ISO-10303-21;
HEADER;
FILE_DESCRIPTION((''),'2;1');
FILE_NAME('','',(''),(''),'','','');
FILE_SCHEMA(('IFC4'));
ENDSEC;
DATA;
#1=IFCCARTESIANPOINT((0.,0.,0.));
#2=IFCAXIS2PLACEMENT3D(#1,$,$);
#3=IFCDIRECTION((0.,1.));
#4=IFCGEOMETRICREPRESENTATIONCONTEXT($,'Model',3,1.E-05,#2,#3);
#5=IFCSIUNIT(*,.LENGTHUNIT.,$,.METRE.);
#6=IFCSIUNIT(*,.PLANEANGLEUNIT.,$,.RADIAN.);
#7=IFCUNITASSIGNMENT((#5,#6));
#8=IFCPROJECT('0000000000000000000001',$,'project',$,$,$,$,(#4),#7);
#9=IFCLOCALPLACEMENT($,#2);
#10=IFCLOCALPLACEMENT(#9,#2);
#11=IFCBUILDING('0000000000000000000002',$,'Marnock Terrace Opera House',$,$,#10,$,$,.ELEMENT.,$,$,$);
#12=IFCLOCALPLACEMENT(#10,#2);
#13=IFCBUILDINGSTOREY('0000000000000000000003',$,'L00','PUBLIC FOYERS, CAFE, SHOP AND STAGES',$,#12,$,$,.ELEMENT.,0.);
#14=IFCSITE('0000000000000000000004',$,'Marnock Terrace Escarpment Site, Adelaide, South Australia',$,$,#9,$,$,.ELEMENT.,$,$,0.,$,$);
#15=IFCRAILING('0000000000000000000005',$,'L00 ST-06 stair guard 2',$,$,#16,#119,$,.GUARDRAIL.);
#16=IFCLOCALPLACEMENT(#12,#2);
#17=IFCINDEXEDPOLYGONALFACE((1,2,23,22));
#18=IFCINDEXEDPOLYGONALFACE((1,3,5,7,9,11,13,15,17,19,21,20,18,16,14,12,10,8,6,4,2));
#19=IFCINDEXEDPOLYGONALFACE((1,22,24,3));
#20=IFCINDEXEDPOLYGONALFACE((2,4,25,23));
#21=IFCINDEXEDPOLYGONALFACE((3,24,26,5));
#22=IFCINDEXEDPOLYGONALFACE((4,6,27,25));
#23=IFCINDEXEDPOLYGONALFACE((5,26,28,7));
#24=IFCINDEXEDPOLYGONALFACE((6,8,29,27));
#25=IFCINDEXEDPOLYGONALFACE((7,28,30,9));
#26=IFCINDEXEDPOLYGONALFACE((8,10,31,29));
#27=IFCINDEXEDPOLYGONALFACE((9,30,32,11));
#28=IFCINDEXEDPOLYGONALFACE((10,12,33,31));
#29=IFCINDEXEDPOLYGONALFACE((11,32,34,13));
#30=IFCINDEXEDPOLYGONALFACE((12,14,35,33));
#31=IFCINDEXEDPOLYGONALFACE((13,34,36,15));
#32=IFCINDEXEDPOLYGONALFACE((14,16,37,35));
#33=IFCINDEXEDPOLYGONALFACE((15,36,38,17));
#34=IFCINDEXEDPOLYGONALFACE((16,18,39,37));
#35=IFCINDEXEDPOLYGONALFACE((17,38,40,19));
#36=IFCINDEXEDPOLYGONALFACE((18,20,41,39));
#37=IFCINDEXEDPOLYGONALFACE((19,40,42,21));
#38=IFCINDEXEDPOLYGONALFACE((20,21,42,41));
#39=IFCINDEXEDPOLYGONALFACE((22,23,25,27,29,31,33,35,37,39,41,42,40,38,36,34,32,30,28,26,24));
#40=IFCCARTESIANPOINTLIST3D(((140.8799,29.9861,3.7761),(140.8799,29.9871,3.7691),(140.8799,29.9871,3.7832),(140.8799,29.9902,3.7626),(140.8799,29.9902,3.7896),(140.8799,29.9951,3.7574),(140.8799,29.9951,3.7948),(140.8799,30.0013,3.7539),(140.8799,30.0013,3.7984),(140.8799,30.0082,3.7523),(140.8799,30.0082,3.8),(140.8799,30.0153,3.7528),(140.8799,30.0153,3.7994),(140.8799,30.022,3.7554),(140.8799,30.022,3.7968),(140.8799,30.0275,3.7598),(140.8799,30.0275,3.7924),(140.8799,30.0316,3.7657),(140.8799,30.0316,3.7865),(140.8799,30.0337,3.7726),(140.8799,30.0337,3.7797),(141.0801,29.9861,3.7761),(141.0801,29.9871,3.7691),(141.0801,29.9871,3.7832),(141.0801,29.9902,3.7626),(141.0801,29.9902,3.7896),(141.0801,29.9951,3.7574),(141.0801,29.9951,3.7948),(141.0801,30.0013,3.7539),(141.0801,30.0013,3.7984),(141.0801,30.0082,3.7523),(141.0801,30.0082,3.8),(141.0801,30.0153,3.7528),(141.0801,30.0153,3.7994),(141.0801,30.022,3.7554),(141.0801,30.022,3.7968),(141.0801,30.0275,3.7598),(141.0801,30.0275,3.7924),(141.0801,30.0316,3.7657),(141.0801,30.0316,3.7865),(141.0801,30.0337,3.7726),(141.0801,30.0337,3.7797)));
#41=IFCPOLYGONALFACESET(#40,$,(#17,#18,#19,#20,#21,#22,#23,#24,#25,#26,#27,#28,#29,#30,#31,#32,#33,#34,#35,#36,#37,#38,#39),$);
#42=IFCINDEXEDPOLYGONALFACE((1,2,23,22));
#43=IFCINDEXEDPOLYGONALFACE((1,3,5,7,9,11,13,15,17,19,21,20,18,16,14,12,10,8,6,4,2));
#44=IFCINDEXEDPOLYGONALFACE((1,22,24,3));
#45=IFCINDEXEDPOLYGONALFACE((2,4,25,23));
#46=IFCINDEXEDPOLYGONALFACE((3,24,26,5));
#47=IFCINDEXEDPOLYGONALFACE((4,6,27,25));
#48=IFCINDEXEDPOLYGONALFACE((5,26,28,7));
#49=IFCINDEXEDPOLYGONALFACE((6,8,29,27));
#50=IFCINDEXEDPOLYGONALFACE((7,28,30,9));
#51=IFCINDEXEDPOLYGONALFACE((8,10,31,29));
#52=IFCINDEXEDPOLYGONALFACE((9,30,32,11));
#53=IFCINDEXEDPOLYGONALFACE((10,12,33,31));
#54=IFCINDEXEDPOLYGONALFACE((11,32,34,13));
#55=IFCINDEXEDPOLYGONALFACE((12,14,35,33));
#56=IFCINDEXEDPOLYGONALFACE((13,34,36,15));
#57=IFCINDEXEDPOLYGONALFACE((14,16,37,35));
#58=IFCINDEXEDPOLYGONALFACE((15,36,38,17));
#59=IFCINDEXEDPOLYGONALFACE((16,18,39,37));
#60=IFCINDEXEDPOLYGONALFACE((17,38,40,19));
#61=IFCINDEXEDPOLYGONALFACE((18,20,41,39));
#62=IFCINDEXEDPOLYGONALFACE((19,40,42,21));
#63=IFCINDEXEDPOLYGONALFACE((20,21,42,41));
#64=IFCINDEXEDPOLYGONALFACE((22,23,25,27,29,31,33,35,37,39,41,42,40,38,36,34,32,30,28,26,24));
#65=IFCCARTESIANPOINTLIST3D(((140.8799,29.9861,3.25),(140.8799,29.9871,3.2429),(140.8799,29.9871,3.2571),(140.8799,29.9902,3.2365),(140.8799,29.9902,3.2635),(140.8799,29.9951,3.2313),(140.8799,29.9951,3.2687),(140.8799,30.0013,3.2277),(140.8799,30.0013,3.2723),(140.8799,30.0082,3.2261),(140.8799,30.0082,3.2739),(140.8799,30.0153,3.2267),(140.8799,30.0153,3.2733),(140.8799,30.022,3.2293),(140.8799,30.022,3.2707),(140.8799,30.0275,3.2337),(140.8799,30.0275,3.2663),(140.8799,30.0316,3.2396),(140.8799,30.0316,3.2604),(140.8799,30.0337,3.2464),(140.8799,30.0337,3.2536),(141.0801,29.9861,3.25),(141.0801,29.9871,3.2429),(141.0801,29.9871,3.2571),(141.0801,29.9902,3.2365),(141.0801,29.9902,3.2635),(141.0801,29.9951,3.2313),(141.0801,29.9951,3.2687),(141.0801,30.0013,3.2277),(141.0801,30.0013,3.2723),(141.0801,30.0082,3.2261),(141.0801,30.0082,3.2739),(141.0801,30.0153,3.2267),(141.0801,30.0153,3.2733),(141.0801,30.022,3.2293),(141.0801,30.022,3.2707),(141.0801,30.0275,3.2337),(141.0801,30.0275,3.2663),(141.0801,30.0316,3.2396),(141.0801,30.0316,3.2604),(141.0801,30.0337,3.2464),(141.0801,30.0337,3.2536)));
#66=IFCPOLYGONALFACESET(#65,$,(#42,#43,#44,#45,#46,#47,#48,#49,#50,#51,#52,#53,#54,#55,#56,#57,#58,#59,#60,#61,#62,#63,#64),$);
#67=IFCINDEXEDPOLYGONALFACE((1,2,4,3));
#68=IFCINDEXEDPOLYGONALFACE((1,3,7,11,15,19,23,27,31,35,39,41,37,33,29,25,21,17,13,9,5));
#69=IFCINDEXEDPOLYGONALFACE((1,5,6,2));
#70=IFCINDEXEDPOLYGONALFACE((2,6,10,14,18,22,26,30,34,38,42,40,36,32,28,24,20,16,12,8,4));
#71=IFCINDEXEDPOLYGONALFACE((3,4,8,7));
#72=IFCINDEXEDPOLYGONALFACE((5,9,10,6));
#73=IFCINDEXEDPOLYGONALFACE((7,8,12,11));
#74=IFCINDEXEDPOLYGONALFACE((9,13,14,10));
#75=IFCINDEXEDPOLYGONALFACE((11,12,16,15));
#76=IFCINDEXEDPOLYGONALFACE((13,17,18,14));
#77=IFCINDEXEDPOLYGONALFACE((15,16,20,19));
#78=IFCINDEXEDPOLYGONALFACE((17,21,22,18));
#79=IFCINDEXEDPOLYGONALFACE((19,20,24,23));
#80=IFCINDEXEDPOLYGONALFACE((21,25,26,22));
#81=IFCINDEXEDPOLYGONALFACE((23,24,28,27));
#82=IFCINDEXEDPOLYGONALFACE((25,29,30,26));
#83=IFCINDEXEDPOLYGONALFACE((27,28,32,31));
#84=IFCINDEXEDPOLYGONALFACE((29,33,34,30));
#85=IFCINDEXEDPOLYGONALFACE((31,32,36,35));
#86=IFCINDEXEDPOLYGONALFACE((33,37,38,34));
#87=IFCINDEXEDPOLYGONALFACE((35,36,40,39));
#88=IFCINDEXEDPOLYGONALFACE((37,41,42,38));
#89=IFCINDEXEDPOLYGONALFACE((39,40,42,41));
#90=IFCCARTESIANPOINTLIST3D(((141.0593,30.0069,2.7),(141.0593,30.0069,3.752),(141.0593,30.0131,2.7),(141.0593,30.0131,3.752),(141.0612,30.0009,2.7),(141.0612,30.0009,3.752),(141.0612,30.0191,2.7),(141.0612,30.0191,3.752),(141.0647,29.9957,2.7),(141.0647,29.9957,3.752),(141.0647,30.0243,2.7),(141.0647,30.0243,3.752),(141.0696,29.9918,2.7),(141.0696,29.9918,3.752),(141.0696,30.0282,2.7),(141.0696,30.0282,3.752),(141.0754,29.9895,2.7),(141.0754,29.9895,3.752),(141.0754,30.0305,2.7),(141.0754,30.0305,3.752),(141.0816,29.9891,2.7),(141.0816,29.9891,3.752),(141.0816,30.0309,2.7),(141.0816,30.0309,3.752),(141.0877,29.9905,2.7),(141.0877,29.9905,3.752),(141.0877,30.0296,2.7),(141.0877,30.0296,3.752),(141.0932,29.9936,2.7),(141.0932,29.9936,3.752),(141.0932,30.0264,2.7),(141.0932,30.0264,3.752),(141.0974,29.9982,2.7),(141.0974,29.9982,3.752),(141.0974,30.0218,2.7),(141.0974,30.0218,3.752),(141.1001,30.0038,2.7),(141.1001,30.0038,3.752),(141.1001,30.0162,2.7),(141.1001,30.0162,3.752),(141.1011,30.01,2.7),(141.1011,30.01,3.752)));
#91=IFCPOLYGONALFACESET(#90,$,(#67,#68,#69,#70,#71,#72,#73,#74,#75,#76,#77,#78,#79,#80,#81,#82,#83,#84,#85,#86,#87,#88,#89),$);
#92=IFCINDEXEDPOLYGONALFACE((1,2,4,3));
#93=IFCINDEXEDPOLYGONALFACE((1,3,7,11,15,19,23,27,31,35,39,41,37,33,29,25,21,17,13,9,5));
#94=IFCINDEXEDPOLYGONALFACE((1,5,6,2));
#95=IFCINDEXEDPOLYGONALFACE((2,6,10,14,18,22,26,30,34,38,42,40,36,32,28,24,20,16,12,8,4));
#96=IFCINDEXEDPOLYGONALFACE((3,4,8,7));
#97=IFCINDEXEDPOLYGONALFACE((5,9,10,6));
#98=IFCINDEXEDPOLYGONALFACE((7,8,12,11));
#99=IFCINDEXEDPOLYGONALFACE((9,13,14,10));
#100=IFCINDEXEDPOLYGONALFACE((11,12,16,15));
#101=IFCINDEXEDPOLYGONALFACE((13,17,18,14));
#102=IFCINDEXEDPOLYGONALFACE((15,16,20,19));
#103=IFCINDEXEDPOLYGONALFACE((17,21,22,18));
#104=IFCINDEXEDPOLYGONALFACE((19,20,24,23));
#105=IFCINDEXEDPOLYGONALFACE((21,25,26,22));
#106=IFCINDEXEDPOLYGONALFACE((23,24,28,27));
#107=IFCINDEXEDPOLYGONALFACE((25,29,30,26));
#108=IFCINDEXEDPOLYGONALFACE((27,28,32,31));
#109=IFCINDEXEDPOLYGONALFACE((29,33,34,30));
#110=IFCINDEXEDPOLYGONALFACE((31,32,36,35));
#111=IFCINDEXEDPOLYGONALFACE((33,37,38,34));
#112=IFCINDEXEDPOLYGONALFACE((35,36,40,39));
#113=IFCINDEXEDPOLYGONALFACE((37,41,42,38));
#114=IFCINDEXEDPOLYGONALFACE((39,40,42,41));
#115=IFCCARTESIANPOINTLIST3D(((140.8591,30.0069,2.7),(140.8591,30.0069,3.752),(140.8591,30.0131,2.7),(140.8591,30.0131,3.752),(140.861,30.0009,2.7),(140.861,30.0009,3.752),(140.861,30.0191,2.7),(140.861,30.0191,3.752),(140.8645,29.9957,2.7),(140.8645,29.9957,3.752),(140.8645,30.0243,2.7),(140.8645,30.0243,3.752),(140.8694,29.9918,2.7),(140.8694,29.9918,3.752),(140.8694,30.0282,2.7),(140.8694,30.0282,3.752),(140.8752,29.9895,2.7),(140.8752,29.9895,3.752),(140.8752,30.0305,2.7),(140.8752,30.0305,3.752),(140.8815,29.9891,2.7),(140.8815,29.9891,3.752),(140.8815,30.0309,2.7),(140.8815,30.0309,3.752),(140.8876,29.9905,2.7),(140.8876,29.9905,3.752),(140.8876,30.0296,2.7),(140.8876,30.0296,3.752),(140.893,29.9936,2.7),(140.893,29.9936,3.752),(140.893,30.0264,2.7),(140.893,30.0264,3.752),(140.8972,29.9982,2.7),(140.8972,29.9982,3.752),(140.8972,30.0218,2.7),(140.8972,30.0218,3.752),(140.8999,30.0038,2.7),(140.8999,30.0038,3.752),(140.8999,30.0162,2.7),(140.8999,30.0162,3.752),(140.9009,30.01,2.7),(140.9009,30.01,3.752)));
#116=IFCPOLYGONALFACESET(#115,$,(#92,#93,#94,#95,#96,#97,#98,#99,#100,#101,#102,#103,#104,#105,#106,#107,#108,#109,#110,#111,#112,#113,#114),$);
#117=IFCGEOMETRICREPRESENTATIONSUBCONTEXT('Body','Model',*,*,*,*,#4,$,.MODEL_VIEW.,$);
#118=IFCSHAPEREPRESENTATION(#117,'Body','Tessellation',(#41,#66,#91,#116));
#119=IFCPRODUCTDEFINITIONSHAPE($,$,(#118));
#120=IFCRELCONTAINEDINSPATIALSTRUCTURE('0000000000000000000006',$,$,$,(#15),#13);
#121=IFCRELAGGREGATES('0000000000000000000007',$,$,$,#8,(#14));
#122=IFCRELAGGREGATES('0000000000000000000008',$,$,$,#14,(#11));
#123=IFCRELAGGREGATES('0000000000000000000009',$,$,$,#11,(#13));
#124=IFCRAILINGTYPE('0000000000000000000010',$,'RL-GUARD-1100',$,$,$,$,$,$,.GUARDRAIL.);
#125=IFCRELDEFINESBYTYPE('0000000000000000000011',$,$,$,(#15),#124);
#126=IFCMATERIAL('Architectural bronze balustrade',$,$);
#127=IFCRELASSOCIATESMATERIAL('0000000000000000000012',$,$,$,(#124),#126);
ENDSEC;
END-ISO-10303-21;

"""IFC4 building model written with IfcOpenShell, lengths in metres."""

from ifc_helpers import new_model, si_unit, direction, frame, origin, origin_2d, place, context, subcontext, project, spatial, circle, extrude, material, type_object, element, save


model = new_model("IFC4")

# Units and contexts
model_context = context("Model", 3, precision=1e-05, world=origin(), true_north=direction((0.0, 1.0)))
body_context = subcontext(model_context, "Body", "Model", "MODEL_VIEW")
ifc_project = project(units=[si_unit("LENGTHUNIT", "METRE"), si_unit("PLANEANGLEUNIT", "RADIAN")], contexts=[model_context])

# Site, building, storey
site_placement = place(None, origin())
site = spatial("IfcSite", under=ifc_project, at=site_placement, Name="Marnock Terrace Escarpment Site, Adelaide, South Australia", CompositionType="ELEMENT", RefElevation=0.0)
building_placement = place(site_placement, origin())
building = spatial("IfcBuilding", under=site, at=building_placement, Name="Marnock Terrace Opera House", CompositionType="ELEMENT")
storey_placement = place(building_placement, origin())
storey = spatial("IfcBuildingStorey", under=building, at=storey_placement, Name="L00", Description="PUBLIC FOYERS, CAFE, SHOP AND STAGES", CompositionType="ELEMENT", Elevation=0.0)

# Railing
ifc_material_1 = material(Name="Architectural bronze balustrade")
railing_type_1 = type_object("IfcRailingType", Name="RL-GUARD-1100", PredefinedType="GUARDRAIL", material=ifc_material_1)
railing_1_placement = place(storey_placement, frame((141.0801, 30.01, 2.7)))
element("IfcRailing", 1, at=railing_1_placement, inside=storey, type_object=railing_type_1, Name="L00 ST-06 stair guard 2", PredefinedType="GUARDRAIL", context=body_context, shape_type="SweptSolid", body=[
    extrude(circle(Radius=0.0239, at=origin_2d()), frame((0.0, 0.0, 1.0762), z_axis=(-1.0, 0.0, 0.0), x_axis=(0.0, -1.0, 0.0)), (0.0, 0.0, 1.0), 0.2002),
    extrude(circle(Radius=0.0239, at=origin_2d()), frame((0.0, 0.0, 0.55), z_axis=(-1.0, 0.0, 0.0), x_axis=(0.0, -1.0, 0.0)), (0.0, 0.0, 1.0), 0.2002),
    extrude(circle(Radius=0.021, at=origin_2d()), origin(), (0.0, 0.0, 1.0), 1.052),
    extrude(circle(Radius=0.021, at=origin_2d()), frame((-0.2002, 0.0, 0.0)), (0.0, 0.0, 1.0), 1.052),
])

save(model, "model.ifc")
